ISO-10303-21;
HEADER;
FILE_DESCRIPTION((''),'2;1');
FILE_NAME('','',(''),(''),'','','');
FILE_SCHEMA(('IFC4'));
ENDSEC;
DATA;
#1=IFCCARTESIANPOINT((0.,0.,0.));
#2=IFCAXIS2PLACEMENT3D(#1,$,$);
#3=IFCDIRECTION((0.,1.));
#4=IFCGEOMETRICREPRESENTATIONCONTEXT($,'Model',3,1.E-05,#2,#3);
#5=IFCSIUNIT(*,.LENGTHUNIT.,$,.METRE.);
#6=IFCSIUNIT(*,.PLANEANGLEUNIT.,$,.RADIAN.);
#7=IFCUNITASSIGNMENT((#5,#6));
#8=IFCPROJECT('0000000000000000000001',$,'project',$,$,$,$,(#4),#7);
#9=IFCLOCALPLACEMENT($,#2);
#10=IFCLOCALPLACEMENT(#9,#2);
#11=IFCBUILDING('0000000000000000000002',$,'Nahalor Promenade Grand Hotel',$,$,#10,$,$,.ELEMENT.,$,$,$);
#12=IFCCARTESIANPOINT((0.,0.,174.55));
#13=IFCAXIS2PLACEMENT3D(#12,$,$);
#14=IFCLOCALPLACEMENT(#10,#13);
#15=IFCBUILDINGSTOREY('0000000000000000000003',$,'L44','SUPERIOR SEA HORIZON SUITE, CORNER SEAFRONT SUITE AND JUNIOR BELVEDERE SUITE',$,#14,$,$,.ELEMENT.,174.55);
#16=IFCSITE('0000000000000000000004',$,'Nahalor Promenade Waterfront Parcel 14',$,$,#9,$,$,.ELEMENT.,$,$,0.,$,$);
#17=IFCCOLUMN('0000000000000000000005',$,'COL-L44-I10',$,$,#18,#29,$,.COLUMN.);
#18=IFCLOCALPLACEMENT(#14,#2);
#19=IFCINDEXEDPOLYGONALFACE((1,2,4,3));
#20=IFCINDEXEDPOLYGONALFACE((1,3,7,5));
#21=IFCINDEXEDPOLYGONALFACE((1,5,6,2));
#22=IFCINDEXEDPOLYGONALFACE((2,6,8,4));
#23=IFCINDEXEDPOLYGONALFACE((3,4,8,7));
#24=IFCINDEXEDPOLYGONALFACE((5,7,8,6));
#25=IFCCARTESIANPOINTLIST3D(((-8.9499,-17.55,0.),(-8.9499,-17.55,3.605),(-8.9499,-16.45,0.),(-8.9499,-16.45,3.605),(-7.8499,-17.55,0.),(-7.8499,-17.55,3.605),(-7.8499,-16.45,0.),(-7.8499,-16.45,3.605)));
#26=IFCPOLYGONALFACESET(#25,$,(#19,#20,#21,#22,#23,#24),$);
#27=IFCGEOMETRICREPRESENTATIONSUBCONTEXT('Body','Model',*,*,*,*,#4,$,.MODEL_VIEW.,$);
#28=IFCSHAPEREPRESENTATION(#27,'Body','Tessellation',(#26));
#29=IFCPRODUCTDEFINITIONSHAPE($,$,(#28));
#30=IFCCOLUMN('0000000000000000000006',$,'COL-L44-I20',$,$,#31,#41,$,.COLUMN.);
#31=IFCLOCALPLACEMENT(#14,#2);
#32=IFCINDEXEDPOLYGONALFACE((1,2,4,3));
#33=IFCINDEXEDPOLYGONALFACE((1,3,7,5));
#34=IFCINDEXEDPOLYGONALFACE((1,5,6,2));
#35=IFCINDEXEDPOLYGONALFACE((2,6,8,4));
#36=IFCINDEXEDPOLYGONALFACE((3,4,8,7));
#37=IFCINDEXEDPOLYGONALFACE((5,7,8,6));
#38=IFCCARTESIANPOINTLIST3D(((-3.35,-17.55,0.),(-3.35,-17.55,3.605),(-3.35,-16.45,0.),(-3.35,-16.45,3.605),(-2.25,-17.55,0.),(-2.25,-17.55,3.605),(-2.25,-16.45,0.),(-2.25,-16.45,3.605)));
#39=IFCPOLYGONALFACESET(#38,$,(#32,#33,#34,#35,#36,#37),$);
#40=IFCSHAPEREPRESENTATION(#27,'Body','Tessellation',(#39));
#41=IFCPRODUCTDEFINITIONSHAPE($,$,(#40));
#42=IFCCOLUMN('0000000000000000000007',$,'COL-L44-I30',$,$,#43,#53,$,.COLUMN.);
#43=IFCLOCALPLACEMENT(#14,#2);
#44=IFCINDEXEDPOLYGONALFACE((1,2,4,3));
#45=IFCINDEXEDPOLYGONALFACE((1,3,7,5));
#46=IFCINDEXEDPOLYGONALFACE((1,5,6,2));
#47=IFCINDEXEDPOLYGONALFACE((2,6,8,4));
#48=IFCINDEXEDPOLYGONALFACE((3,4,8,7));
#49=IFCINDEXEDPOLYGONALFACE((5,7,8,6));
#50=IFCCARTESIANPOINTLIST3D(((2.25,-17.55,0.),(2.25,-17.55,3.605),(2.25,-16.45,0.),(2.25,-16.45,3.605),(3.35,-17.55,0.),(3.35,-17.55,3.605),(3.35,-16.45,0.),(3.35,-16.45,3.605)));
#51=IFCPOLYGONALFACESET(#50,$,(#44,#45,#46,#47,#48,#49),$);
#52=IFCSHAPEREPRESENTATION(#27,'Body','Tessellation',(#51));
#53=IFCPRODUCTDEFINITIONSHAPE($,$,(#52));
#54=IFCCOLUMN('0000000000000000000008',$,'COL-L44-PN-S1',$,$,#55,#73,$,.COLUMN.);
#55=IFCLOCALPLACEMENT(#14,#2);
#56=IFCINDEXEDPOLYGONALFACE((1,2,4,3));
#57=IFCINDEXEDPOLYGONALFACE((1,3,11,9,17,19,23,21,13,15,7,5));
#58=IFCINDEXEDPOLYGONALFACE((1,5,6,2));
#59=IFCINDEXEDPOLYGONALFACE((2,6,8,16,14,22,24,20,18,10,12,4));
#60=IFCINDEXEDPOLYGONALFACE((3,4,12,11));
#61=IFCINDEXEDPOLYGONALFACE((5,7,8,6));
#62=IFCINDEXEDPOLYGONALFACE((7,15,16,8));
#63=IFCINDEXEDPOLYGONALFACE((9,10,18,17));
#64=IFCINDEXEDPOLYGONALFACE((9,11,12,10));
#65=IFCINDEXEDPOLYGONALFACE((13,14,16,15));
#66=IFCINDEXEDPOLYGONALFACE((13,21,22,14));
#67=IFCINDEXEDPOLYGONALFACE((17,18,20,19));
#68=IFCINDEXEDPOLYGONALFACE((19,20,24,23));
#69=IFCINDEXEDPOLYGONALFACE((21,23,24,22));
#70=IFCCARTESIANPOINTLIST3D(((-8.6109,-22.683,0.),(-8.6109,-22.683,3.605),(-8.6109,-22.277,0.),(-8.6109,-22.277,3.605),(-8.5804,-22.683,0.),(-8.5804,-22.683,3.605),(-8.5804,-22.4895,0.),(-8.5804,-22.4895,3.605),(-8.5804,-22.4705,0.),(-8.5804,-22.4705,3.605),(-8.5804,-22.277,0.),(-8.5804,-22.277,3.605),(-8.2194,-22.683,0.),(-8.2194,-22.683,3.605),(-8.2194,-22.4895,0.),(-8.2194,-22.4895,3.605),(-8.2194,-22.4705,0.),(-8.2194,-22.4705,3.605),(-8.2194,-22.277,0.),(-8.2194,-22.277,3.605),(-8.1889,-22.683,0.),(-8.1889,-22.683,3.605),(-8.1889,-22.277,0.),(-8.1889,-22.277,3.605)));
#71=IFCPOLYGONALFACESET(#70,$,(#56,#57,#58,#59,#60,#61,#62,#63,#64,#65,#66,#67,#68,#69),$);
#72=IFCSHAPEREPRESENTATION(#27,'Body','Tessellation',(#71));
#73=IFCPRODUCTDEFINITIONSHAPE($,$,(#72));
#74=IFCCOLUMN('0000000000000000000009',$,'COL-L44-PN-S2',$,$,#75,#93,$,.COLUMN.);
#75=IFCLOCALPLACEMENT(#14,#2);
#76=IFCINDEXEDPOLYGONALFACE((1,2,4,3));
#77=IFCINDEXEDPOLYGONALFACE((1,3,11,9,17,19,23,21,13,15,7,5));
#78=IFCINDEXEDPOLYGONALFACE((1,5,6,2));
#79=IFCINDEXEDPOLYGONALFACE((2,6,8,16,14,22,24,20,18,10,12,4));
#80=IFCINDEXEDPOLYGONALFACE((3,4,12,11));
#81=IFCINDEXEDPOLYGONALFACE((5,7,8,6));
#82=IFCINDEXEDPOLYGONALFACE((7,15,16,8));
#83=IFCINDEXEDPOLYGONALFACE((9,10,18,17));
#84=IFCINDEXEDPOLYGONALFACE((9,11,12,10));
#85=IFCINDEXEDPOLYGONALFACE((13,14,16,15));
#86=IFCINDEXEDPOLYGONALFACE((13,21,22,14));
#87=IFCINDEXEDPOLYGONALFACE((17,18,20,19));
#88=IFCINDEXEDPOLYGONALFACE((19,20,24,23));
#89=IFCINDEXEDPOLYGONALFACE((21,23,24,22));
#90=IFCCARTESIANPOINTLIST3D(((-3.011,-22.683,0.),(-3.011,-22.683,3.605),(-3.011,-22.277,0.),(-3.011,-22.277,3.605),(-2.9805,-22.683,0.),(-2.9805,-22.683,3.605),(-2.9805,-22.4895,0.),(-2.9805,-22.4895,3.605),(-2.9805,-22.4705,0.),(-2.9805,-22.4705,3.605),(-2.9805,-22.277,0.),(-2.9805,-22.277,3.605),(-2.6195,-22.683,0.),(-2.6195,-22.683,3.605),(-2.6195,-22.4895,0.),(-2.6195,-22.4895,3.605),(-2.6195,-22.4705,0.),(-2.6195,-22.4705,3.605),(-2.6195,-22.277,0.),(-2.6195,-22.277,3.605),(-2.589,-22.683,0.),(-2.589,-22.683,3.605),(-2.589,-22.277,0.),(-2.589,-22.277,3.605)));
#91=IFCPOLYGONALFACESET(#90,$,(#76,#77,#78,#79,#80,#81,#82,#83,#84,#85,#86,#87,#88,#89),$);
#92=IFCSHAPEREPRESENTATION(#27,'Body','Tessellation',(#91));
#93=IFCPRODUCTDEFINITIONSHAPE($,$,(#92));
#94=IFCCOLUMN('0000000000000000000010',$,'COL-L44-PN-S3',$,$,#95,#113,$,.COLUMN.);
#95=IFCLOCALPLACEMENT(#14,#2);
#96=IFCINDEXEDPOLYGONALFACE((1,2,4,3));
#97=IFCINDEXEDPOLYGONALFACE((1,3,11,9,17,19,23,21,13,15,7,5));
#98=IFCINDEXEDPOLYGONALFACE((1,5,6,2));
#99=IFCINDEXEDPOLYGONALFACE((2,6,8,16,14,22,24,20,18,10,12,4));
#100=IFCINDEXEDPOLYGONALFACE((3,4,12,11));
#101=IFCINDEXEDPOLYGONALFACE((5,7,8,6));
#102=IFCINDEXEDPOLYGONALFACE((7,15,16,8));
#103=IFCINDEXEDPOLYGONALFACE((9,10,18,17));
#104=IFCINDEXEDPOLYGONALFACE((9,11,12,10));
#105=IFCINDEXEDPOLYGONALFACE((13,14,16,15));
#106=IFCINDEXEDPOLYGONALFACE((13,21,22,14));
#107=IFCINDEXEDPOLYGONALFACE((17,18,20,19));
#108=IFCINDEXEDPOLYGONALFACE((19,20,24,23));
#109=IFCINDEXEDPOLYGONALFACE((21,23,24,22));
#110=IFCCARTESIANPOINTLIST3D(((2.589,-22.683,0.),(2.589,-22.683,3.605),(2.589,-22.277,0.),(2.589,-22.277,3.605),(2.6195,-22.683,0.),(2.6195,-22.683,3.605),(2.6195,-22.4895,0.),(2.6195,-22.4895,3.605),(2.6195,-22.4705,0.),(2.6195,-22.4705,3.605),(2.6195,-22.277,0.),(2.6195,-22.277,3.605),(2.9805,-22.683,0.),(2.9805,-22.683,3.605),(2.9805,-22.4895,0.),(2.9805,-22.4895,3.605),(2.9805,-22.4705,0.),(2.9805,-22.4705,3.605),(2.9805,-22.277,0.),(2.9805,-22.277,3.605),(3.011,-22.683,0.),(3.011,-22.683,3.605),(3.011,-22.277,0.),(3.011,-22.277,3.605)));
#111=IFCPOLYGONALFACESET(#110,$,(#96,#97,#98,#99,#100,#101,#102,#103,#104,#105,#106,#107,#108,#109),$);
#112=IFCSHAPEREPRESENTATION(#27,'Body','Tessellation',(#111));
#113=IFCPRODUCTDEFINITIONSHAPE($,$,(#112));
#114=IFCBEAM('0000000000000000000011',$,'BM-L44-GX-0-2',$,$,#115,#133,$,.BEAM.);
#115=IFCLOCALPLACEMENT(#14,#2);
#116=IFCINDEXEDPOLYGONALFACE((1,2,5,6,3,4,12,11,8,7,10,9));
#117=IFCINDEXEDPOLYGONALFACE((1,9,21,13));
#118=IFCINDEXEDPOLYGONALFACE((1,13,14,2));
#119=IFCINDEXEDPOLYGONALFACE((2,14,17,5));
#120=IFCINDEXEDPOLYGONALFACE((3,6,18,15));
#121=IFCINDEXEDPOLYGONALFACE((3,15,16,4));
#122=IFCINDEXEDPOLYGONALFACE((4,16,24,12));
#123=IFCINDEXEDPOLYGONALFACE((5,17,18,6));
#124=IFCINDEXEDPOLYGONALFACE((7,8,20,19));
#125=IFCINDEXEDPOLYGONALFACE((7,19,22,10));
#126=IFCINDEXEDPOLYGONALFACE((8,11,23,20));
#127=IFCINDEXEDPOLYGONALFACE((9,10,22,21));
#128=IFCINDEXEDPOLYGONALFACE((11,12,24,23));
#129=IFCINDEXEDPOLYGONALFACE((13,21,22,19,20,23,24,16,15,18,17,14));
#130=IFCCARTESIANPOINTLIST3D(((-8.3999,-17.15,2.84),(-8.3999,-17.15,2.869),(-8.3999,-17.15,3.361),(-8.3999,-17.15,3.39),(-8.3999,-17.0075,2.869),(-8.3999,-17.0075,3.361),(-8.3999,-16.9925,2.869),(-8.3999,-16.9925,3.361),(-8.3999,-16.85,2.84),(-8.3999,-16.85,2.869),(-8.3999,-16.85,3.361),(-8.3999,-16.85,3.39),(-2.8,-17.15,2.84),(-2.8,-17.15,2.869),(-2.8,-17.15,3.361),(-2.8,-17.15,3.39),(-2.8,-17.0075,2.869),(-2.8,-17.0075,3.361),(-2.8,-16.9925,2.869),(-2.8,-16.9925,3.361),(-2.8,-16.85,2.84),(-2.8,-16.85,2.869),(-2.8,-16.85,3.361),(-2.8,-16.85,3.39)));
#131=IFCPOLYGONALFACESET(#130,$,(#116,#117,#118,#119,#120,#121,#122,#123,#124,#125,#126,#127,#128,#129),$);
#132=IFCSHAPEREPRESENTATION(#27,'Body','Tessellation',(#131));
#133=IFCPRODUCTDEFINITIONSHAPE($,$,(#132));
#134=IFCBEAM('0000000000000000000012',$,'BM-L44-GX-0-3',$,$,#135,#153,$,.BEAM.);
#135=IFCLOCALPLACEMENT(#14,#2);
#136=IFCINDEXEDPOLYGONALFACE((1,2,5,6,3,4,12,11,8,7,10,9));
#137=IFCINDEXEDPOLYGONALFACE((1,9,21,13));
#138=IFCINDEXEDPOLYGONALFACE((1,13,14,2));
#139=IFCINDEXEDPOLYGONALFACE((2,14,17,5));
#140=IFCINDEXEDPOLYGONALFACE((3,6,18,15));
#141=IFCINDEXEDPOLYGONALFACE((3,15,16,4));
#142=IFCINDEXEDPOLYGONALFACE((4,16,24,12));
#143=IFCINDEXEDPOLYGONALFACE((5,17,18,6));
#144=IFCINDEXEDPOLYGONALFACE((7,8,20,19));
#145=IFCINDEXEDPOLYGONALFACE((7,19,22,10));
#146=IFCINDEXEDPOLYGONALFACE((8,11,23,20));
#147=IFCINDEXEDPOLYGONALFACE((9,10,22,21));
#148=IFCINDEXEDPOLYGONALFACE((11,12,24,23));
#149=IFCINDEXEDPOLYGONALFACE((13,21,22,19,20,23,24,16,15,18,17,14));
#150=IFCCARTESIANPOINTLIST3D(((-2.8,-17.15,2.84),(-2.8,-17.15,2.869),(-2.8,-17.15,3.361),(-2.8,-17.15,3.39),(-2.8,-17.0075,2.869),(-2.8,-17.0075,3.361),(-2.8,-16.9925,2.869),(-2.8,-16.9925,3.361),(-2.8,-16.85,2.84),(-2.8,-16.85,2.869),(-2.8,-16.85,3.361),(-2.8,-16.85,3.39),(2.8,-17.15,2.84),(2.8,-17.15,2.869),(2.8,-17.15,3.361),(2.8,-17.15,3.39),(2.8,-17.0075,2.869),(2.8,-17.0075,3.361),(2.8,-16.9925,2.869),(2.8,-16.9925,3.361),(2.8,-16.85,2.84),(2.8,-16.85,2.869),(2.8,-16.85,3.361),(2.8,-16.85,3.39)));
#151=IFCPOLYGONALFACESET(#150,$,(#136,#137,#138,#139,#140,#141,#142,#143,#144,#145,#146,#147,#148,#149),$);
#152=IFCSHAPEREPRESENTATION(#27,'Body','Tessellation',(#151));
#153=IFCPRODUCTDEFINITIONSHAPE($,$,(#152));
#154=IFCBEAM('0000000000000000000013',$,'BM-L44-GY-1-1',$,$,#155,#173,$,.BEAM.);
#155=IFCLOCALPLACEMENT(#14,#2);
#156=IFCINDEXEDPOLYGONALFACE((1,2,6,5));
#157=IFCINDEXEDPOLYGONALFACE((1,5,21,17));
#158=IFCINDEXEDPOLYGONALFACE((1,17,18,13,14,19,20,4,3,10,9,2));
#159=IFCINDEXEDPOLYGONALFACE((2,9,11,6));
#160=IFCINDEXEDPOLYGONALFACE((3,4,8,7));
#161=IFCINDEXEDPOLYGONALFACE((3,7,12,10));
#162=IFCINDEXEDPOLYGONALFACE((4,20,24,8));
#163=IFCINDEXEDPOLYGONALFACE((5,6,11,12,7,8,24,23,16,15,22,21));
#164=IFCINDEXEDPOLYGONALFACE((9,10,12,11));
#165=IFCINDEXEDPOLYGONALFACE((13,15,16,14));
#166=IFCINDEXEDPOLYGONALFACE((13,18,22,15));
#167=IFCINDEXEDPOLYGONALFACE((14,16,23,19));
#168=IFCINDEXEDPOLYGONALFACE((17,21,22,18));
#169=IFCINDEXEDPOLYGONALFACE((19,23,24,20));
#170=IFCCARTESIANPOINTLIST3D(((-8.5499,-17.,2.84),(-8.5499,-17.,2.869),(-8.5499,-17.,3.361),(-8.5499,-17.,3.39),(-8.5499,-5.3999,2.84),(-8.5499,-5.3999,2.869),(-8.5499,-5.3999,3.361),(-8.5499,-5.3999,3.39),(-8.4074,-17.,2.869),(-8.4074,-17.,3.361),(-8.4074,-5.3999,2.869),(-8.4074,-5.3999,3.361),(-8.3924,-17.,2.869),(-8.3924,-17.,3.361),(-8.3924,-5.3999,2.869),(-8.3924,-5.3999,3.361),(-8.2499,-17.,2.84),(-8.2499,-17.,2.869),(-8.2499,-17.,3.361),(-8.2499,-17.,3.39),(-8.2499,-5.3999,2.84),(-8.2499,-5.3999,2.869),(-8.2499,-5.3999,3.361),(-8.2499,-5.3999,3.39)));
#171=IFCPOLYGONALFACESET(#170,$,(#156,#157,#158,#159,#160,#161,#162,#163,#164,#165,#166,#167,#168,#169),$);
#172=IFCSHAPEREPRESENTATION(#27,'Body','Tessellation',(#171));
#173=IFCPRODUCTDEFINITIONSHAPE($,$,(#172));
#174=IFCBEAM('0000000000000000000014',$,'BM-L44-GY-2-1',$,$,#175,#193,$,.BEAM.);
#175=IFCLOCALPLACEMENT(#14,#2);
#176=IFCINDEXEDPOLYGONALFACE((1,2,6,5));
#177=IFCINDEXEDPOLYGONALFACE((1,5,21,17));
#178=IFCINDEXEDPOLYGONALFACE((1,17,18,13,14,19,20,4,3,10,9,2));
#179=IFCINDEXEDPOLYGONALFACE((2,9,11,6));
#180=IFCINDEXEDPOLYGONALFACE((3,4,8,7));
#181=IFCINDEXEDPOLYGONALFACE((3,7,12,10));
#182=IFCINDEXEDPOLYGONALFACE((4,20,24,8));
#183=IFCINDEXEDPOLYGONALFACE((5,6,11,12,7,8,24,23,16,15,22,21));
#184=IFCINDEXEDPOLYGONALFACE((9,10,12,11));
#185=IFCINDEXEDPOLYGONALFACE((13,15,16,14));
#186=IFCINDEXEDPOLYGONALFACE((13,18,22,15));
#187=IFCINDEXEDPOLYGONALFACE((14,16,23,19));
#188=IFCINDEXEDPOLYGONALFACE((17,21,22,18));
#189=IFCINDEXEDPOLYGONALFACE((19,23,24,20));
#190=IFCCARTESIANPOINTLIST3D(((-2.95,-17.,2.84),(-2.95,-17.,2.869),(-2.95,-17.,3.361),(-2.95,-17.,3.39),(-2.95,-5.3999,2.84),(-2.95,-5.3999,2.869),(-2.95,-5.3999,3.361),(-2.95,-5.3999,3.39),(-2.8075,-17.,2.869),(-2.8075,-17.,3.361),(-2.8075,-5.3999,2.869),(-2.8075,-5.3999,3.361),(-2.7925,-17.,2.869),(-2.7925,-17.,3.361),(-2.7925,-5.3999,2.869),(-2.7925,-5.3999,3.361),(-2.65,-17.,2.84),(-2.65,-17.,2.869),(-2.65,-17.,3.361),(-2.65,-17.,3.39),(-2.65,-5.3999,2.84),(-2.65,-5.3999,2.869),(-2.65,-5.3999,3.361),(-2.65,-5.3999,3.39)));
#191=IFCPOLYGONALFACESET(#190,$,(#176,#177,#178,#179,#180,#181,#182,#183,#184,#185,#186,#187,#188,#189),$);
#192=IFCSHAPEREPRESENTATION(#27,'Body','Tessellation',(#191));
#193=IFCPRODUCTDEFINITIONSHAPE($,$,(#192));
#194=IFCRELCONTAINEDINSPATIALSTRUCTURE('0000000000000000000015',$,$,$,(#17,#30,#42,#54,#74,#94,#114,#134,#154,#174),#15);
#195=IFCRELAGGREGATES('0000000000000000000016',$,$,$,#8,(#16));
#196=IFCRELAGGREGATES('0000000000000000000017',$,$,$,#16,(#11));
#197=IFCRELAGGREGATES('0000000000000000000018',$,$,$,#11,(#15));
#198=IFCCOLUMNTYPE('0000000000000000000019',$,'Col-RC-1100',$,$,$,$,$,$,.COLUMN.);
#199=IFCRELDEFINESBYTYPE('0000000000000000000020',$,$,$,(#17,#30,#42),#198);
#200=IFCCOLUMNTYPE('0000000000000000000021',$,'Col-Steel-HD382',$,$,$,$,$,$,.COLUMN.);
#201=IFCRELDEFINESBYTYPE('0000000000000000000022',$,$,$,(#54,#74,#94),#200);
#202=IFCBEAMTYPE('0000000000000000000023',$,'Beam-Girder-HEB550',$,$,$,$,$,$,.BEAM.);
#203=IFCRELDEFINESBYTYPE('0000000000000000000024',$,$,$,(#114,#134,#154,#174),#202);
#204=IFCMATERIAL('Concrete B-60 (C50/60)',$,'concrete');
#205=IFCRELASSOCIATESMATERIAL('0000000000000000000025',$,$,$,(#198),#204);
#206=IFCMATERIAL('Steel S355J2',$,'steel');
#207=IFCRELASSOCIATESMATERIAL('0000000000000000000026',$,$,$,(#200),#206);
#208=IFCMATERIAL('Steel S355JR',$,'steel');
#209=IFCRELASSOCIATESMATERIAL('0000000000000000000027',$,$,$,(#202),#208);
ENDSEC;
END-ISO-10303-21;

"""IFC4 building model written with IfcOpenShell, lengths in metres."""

from ifc_helpers import new_model, si_unit, direction, frame, origin, origin_2d, place, context, subcontext, project, spatial, rectangle, i_section, extrude, source, transform, mapped, material, material_profile, profile_set, type_object, element, save


model = new_model("IFC4")

# Units and contexts
model_context = context("Model", 3, precision=1e-05, world=origin(), true_north=direction((0.0, 1.0)))
body_context = subcontext(model_context, "Body", "Model", "MODEL_VIEW")
ifc_project = project(units=[si_unit("LENGTHUNIT", "METRE"), si_unit("PLANEANGLEUNIT", "RADIAN")], contexts=[model_context])

# Site, building, storey
site_placement = place(None, origin())
site = spatial("IfcSite", under=ifc_project, at=site_placement, Name="Nahalor Promenade Waterfront Parcel 14", CompositionType="ELEMENT", RefElevation=0.0)
building_placement = place(site_placement, origin())
building = spatial("IfcBuilding", under=site, at=building_placement, Name="Nahalor Promenade Grand Hotel", CompositionType="ELEMENT")
storey_placement = place(building_placement, frame((0.0, 0.0, 174.55)))
storey = spatial("IfcBuildingStorey", under=building, at=storey_placement, Name="L44", Description="SUPERIOR SEA HORIZON SUITE, CORNER SEAFRONT SUITE AND JUNIOR BELVEDERE SUITE", CompositionType="ELEMENT", Elevation=174.55)

# Columns
ifc_material_1 = material(Name="Concrete B-60 (C50/60)", Category="concrete")
ifc_material_profile_1 = material_profile(ifc_material_1, rectangle(XDim=1.1, YDim=1.1, at=origin_2d()), Name="RC 1100x1100")
ifc_profile_set_1 = profile_set([ifc_material_profile_1], Name="Concrete B-60 (C50/60)")
column_type_1 = type_object("IfcColumnType", Name="Col-RC-1100", PredefinedType="COLUMN", material=ifc_profile_set_1)
shared_shape_1 = source(origin(), body_context, "Body", "SweptSolid", [
    extrude(rectangle(XDim=1.1, YDim=1.1, at=origin_2d()), origin(), (0.0, 0.0, 1.0), 3.605),
])
for number, where, z_axis, x_axis, name in (
    (1, (-8.3999, -17.0, 0.0), (0.0, 0.0, 1.0), (1.0, 0.0, 0.0), "COL-L44-I10"),
    (2, (-2.8, -17.0, 0.0), (0.0, 0.0, 1.0), (1.0, 0.0, 0.0), "COL-L44-I20"),
    (3, (2.8, -17.0, 0.0), (0.0, 0.0, 1.0), (1.0, 0.0, 0.0), "COL-L44-I30"),
):
    element("IfcColumn", number, at=place(storey_placement, frame(where, z_axis=z_axis, x_axis=x_axis)), inside=storey, type_object=column_type_1, Name=name, PredefinedType="COLUMN", context=body_context, shape_type="MappedRepresentation", body=[
        mapped(shared_shape_1, transform((0.0, 0.0, 0.0), scale=1.0)),
    ])
ifc_material_2 = material(Name="Steel S355J2", Category="steel")
ifc_material_profile_2 = material_profile(ifc_material_2, i_section(OverallWidth=0.406, OverallDepth=0.422, WebThickness=0.019, FlangeThickness=0.0305, at=origin_2d()), Name="HD 400x382")
ifc_profile_set_2 = profile_set([ifc_material_profile_2], Name="Steel S355J2")
column_type_2 = type_object("IfcColumnType", Name="Col-Steel-HD382", PredefinedType="COLUMN", material=ifc_profile_set_2)
shared_shape_2 = source(origin(), body_context, "Body", "SweptSolid", [
    extrude(i_section(OverallWidth=0.406, OverallDepth=0.422, WebThickness=0.019, FlangeThickness=0.0305, at=origin_2d()), origin(), (0.0, 0.0, 1.0), 3.605),
])
for number, where, z_axis, x_axis, name in (
    (4, (-8.3999, -22.48, 0.0), (0.0, 0.0, 1.0), (0.0, 1.0, 0.0), "COL-L44-PN-S1"),
    (5, (-2.8, -22.48, 0.0), (0.0, 0.0, 1.0), (0.0, 1.0, 0.0), "COL-L44-PN-S2"),
    (6, (2.8, -22.48, 0.0), (0.0, 0.0, 1.0), (0.0, 1.0, 0.0), "COL-L44-PN-S3"),
):
    element("IfcColumn", number, at=place(storey_placement, frame(where, z_axis=z_axis, x_axis=x_axis)), inside=storey, type_object=column_type_2, Name=name, PredefinedType="COLUMN", context=body_context, shape_type="MappedRepresentation", body=[
        mapped(shared_shape_2, transform((0.0, 0.0, 0.0), scale=1.0)),
    ])

# Beams
ifc_material_3 = material(Name="Steel S355JR", Category="steel")
ifc_material_profile_3 = material_profile(ifc_material_3, i_section(OverallWidth=0.3, OverallDepth=0.55, WebThickness=0.015, FlangeThickness=0.029, at=origin_2d()), Name="HEB 550")
ifc_profile_set_3 = profile_set([ifc_material_profile_3], Name="Steel S355JR")
beam_type_1 = type_object("IfcBeamType", Name="Beam-Girder-HEB550", PredefinedType="BEAM", material=ifc_profile_set_3)
shared_shape_3 = source(origin(), body_context, "Body", "SweptSolid", [
    extrude(i_section(OverallWidth=0.3, OverallDepth=0.55, WebThickness=0.015, FlangeThickness=0.029, at=origin_2d()), origin(), (0.0, 0.0, 1.0), 5.5999),
])
beam_1_placement = place(storey_placement, frame((-8.3999, -17.0, 3.115), z_axis=(1.0, 0.0, 0.0), x_axis=(0.0, 1.0, 0.0)))
element("IfcBeam", 7, at=beam_1_placement, inside=storey, type_object=beam_type_1, Name="BM-L44-GX-0-2", PredefinedType="BEAM", context=body_context, shape_type="MappedRepresentation", body=[
    mapped(shared_shape_3, transform((0.0, 0.0, 0.0), scale=1.0)),
])
shared_shape_4 = source(origin(), body_context, "Body", "SweptSolid", [
    extrude(i_section(OverallWidth=0.3, OverallDepth=0.55, WebThickness=0.015, FlangeThickness=0.029, at=origin_2d()), origin(), (0.0, 0.0, 1.0), 5.6001),
])
beam_2_placement = place(storey_placement, frame((-2.8, -17.0, 3.115), z_axis=(1.0, 0.0, 0.0), x_axis=(0.0, 1.0, 0.0)))
element("IfcBeam", 8, at=beam_2_placement, inside=storey, type_object=beam_type_1, Name="BM-L44-GX-0-3", PredefinedType="BEAM", context=body_context, shape_type="MappedRepresentation", body=[
    mapped(shared_shape_4, transform((0.0, 0.0, 0.0), scale=1.0)),
])
shared_shape_5 = source(origin(), body_context, "Body", "SweptSolid", [
    extrude(i_section(OverallWidth=0.3, OverallDepth=0.55, WebThickness=0.015, FlangeThickness=0.029, at=origin_2d()), origin(), (0.0, 0.0, 1.0), 11.6001),
])
for number, where, z_axis, x_axis, name in (
    (9, (-8.3999, -17.0, 3.115), (0.0, 1.0, 0.0), (-1.0, 0.0, 0.0), "BM-L44-GY-1-1"),
    (10, (-2.8, -17.0, 3.115), (0.0, 1.0, 0.0), (-1.0, 0.0, 0.0), "BM-L44-GY-2-1"),
):
    element("IfcBeam", number, at=place(storey_placement, frame(where, z_axis=z_axis, x_axis=x_axis)), inside=storey, type_object=beam_type_1, Name=name, PredefinedType="BEAM", context=body_context, shape_type="MappedRepresentation", body=[
        mapped(shared_shape_5, transform((0.0, 0.0, 0.0), scale=1.0)),
    ])

save(model, "model.ifc")
